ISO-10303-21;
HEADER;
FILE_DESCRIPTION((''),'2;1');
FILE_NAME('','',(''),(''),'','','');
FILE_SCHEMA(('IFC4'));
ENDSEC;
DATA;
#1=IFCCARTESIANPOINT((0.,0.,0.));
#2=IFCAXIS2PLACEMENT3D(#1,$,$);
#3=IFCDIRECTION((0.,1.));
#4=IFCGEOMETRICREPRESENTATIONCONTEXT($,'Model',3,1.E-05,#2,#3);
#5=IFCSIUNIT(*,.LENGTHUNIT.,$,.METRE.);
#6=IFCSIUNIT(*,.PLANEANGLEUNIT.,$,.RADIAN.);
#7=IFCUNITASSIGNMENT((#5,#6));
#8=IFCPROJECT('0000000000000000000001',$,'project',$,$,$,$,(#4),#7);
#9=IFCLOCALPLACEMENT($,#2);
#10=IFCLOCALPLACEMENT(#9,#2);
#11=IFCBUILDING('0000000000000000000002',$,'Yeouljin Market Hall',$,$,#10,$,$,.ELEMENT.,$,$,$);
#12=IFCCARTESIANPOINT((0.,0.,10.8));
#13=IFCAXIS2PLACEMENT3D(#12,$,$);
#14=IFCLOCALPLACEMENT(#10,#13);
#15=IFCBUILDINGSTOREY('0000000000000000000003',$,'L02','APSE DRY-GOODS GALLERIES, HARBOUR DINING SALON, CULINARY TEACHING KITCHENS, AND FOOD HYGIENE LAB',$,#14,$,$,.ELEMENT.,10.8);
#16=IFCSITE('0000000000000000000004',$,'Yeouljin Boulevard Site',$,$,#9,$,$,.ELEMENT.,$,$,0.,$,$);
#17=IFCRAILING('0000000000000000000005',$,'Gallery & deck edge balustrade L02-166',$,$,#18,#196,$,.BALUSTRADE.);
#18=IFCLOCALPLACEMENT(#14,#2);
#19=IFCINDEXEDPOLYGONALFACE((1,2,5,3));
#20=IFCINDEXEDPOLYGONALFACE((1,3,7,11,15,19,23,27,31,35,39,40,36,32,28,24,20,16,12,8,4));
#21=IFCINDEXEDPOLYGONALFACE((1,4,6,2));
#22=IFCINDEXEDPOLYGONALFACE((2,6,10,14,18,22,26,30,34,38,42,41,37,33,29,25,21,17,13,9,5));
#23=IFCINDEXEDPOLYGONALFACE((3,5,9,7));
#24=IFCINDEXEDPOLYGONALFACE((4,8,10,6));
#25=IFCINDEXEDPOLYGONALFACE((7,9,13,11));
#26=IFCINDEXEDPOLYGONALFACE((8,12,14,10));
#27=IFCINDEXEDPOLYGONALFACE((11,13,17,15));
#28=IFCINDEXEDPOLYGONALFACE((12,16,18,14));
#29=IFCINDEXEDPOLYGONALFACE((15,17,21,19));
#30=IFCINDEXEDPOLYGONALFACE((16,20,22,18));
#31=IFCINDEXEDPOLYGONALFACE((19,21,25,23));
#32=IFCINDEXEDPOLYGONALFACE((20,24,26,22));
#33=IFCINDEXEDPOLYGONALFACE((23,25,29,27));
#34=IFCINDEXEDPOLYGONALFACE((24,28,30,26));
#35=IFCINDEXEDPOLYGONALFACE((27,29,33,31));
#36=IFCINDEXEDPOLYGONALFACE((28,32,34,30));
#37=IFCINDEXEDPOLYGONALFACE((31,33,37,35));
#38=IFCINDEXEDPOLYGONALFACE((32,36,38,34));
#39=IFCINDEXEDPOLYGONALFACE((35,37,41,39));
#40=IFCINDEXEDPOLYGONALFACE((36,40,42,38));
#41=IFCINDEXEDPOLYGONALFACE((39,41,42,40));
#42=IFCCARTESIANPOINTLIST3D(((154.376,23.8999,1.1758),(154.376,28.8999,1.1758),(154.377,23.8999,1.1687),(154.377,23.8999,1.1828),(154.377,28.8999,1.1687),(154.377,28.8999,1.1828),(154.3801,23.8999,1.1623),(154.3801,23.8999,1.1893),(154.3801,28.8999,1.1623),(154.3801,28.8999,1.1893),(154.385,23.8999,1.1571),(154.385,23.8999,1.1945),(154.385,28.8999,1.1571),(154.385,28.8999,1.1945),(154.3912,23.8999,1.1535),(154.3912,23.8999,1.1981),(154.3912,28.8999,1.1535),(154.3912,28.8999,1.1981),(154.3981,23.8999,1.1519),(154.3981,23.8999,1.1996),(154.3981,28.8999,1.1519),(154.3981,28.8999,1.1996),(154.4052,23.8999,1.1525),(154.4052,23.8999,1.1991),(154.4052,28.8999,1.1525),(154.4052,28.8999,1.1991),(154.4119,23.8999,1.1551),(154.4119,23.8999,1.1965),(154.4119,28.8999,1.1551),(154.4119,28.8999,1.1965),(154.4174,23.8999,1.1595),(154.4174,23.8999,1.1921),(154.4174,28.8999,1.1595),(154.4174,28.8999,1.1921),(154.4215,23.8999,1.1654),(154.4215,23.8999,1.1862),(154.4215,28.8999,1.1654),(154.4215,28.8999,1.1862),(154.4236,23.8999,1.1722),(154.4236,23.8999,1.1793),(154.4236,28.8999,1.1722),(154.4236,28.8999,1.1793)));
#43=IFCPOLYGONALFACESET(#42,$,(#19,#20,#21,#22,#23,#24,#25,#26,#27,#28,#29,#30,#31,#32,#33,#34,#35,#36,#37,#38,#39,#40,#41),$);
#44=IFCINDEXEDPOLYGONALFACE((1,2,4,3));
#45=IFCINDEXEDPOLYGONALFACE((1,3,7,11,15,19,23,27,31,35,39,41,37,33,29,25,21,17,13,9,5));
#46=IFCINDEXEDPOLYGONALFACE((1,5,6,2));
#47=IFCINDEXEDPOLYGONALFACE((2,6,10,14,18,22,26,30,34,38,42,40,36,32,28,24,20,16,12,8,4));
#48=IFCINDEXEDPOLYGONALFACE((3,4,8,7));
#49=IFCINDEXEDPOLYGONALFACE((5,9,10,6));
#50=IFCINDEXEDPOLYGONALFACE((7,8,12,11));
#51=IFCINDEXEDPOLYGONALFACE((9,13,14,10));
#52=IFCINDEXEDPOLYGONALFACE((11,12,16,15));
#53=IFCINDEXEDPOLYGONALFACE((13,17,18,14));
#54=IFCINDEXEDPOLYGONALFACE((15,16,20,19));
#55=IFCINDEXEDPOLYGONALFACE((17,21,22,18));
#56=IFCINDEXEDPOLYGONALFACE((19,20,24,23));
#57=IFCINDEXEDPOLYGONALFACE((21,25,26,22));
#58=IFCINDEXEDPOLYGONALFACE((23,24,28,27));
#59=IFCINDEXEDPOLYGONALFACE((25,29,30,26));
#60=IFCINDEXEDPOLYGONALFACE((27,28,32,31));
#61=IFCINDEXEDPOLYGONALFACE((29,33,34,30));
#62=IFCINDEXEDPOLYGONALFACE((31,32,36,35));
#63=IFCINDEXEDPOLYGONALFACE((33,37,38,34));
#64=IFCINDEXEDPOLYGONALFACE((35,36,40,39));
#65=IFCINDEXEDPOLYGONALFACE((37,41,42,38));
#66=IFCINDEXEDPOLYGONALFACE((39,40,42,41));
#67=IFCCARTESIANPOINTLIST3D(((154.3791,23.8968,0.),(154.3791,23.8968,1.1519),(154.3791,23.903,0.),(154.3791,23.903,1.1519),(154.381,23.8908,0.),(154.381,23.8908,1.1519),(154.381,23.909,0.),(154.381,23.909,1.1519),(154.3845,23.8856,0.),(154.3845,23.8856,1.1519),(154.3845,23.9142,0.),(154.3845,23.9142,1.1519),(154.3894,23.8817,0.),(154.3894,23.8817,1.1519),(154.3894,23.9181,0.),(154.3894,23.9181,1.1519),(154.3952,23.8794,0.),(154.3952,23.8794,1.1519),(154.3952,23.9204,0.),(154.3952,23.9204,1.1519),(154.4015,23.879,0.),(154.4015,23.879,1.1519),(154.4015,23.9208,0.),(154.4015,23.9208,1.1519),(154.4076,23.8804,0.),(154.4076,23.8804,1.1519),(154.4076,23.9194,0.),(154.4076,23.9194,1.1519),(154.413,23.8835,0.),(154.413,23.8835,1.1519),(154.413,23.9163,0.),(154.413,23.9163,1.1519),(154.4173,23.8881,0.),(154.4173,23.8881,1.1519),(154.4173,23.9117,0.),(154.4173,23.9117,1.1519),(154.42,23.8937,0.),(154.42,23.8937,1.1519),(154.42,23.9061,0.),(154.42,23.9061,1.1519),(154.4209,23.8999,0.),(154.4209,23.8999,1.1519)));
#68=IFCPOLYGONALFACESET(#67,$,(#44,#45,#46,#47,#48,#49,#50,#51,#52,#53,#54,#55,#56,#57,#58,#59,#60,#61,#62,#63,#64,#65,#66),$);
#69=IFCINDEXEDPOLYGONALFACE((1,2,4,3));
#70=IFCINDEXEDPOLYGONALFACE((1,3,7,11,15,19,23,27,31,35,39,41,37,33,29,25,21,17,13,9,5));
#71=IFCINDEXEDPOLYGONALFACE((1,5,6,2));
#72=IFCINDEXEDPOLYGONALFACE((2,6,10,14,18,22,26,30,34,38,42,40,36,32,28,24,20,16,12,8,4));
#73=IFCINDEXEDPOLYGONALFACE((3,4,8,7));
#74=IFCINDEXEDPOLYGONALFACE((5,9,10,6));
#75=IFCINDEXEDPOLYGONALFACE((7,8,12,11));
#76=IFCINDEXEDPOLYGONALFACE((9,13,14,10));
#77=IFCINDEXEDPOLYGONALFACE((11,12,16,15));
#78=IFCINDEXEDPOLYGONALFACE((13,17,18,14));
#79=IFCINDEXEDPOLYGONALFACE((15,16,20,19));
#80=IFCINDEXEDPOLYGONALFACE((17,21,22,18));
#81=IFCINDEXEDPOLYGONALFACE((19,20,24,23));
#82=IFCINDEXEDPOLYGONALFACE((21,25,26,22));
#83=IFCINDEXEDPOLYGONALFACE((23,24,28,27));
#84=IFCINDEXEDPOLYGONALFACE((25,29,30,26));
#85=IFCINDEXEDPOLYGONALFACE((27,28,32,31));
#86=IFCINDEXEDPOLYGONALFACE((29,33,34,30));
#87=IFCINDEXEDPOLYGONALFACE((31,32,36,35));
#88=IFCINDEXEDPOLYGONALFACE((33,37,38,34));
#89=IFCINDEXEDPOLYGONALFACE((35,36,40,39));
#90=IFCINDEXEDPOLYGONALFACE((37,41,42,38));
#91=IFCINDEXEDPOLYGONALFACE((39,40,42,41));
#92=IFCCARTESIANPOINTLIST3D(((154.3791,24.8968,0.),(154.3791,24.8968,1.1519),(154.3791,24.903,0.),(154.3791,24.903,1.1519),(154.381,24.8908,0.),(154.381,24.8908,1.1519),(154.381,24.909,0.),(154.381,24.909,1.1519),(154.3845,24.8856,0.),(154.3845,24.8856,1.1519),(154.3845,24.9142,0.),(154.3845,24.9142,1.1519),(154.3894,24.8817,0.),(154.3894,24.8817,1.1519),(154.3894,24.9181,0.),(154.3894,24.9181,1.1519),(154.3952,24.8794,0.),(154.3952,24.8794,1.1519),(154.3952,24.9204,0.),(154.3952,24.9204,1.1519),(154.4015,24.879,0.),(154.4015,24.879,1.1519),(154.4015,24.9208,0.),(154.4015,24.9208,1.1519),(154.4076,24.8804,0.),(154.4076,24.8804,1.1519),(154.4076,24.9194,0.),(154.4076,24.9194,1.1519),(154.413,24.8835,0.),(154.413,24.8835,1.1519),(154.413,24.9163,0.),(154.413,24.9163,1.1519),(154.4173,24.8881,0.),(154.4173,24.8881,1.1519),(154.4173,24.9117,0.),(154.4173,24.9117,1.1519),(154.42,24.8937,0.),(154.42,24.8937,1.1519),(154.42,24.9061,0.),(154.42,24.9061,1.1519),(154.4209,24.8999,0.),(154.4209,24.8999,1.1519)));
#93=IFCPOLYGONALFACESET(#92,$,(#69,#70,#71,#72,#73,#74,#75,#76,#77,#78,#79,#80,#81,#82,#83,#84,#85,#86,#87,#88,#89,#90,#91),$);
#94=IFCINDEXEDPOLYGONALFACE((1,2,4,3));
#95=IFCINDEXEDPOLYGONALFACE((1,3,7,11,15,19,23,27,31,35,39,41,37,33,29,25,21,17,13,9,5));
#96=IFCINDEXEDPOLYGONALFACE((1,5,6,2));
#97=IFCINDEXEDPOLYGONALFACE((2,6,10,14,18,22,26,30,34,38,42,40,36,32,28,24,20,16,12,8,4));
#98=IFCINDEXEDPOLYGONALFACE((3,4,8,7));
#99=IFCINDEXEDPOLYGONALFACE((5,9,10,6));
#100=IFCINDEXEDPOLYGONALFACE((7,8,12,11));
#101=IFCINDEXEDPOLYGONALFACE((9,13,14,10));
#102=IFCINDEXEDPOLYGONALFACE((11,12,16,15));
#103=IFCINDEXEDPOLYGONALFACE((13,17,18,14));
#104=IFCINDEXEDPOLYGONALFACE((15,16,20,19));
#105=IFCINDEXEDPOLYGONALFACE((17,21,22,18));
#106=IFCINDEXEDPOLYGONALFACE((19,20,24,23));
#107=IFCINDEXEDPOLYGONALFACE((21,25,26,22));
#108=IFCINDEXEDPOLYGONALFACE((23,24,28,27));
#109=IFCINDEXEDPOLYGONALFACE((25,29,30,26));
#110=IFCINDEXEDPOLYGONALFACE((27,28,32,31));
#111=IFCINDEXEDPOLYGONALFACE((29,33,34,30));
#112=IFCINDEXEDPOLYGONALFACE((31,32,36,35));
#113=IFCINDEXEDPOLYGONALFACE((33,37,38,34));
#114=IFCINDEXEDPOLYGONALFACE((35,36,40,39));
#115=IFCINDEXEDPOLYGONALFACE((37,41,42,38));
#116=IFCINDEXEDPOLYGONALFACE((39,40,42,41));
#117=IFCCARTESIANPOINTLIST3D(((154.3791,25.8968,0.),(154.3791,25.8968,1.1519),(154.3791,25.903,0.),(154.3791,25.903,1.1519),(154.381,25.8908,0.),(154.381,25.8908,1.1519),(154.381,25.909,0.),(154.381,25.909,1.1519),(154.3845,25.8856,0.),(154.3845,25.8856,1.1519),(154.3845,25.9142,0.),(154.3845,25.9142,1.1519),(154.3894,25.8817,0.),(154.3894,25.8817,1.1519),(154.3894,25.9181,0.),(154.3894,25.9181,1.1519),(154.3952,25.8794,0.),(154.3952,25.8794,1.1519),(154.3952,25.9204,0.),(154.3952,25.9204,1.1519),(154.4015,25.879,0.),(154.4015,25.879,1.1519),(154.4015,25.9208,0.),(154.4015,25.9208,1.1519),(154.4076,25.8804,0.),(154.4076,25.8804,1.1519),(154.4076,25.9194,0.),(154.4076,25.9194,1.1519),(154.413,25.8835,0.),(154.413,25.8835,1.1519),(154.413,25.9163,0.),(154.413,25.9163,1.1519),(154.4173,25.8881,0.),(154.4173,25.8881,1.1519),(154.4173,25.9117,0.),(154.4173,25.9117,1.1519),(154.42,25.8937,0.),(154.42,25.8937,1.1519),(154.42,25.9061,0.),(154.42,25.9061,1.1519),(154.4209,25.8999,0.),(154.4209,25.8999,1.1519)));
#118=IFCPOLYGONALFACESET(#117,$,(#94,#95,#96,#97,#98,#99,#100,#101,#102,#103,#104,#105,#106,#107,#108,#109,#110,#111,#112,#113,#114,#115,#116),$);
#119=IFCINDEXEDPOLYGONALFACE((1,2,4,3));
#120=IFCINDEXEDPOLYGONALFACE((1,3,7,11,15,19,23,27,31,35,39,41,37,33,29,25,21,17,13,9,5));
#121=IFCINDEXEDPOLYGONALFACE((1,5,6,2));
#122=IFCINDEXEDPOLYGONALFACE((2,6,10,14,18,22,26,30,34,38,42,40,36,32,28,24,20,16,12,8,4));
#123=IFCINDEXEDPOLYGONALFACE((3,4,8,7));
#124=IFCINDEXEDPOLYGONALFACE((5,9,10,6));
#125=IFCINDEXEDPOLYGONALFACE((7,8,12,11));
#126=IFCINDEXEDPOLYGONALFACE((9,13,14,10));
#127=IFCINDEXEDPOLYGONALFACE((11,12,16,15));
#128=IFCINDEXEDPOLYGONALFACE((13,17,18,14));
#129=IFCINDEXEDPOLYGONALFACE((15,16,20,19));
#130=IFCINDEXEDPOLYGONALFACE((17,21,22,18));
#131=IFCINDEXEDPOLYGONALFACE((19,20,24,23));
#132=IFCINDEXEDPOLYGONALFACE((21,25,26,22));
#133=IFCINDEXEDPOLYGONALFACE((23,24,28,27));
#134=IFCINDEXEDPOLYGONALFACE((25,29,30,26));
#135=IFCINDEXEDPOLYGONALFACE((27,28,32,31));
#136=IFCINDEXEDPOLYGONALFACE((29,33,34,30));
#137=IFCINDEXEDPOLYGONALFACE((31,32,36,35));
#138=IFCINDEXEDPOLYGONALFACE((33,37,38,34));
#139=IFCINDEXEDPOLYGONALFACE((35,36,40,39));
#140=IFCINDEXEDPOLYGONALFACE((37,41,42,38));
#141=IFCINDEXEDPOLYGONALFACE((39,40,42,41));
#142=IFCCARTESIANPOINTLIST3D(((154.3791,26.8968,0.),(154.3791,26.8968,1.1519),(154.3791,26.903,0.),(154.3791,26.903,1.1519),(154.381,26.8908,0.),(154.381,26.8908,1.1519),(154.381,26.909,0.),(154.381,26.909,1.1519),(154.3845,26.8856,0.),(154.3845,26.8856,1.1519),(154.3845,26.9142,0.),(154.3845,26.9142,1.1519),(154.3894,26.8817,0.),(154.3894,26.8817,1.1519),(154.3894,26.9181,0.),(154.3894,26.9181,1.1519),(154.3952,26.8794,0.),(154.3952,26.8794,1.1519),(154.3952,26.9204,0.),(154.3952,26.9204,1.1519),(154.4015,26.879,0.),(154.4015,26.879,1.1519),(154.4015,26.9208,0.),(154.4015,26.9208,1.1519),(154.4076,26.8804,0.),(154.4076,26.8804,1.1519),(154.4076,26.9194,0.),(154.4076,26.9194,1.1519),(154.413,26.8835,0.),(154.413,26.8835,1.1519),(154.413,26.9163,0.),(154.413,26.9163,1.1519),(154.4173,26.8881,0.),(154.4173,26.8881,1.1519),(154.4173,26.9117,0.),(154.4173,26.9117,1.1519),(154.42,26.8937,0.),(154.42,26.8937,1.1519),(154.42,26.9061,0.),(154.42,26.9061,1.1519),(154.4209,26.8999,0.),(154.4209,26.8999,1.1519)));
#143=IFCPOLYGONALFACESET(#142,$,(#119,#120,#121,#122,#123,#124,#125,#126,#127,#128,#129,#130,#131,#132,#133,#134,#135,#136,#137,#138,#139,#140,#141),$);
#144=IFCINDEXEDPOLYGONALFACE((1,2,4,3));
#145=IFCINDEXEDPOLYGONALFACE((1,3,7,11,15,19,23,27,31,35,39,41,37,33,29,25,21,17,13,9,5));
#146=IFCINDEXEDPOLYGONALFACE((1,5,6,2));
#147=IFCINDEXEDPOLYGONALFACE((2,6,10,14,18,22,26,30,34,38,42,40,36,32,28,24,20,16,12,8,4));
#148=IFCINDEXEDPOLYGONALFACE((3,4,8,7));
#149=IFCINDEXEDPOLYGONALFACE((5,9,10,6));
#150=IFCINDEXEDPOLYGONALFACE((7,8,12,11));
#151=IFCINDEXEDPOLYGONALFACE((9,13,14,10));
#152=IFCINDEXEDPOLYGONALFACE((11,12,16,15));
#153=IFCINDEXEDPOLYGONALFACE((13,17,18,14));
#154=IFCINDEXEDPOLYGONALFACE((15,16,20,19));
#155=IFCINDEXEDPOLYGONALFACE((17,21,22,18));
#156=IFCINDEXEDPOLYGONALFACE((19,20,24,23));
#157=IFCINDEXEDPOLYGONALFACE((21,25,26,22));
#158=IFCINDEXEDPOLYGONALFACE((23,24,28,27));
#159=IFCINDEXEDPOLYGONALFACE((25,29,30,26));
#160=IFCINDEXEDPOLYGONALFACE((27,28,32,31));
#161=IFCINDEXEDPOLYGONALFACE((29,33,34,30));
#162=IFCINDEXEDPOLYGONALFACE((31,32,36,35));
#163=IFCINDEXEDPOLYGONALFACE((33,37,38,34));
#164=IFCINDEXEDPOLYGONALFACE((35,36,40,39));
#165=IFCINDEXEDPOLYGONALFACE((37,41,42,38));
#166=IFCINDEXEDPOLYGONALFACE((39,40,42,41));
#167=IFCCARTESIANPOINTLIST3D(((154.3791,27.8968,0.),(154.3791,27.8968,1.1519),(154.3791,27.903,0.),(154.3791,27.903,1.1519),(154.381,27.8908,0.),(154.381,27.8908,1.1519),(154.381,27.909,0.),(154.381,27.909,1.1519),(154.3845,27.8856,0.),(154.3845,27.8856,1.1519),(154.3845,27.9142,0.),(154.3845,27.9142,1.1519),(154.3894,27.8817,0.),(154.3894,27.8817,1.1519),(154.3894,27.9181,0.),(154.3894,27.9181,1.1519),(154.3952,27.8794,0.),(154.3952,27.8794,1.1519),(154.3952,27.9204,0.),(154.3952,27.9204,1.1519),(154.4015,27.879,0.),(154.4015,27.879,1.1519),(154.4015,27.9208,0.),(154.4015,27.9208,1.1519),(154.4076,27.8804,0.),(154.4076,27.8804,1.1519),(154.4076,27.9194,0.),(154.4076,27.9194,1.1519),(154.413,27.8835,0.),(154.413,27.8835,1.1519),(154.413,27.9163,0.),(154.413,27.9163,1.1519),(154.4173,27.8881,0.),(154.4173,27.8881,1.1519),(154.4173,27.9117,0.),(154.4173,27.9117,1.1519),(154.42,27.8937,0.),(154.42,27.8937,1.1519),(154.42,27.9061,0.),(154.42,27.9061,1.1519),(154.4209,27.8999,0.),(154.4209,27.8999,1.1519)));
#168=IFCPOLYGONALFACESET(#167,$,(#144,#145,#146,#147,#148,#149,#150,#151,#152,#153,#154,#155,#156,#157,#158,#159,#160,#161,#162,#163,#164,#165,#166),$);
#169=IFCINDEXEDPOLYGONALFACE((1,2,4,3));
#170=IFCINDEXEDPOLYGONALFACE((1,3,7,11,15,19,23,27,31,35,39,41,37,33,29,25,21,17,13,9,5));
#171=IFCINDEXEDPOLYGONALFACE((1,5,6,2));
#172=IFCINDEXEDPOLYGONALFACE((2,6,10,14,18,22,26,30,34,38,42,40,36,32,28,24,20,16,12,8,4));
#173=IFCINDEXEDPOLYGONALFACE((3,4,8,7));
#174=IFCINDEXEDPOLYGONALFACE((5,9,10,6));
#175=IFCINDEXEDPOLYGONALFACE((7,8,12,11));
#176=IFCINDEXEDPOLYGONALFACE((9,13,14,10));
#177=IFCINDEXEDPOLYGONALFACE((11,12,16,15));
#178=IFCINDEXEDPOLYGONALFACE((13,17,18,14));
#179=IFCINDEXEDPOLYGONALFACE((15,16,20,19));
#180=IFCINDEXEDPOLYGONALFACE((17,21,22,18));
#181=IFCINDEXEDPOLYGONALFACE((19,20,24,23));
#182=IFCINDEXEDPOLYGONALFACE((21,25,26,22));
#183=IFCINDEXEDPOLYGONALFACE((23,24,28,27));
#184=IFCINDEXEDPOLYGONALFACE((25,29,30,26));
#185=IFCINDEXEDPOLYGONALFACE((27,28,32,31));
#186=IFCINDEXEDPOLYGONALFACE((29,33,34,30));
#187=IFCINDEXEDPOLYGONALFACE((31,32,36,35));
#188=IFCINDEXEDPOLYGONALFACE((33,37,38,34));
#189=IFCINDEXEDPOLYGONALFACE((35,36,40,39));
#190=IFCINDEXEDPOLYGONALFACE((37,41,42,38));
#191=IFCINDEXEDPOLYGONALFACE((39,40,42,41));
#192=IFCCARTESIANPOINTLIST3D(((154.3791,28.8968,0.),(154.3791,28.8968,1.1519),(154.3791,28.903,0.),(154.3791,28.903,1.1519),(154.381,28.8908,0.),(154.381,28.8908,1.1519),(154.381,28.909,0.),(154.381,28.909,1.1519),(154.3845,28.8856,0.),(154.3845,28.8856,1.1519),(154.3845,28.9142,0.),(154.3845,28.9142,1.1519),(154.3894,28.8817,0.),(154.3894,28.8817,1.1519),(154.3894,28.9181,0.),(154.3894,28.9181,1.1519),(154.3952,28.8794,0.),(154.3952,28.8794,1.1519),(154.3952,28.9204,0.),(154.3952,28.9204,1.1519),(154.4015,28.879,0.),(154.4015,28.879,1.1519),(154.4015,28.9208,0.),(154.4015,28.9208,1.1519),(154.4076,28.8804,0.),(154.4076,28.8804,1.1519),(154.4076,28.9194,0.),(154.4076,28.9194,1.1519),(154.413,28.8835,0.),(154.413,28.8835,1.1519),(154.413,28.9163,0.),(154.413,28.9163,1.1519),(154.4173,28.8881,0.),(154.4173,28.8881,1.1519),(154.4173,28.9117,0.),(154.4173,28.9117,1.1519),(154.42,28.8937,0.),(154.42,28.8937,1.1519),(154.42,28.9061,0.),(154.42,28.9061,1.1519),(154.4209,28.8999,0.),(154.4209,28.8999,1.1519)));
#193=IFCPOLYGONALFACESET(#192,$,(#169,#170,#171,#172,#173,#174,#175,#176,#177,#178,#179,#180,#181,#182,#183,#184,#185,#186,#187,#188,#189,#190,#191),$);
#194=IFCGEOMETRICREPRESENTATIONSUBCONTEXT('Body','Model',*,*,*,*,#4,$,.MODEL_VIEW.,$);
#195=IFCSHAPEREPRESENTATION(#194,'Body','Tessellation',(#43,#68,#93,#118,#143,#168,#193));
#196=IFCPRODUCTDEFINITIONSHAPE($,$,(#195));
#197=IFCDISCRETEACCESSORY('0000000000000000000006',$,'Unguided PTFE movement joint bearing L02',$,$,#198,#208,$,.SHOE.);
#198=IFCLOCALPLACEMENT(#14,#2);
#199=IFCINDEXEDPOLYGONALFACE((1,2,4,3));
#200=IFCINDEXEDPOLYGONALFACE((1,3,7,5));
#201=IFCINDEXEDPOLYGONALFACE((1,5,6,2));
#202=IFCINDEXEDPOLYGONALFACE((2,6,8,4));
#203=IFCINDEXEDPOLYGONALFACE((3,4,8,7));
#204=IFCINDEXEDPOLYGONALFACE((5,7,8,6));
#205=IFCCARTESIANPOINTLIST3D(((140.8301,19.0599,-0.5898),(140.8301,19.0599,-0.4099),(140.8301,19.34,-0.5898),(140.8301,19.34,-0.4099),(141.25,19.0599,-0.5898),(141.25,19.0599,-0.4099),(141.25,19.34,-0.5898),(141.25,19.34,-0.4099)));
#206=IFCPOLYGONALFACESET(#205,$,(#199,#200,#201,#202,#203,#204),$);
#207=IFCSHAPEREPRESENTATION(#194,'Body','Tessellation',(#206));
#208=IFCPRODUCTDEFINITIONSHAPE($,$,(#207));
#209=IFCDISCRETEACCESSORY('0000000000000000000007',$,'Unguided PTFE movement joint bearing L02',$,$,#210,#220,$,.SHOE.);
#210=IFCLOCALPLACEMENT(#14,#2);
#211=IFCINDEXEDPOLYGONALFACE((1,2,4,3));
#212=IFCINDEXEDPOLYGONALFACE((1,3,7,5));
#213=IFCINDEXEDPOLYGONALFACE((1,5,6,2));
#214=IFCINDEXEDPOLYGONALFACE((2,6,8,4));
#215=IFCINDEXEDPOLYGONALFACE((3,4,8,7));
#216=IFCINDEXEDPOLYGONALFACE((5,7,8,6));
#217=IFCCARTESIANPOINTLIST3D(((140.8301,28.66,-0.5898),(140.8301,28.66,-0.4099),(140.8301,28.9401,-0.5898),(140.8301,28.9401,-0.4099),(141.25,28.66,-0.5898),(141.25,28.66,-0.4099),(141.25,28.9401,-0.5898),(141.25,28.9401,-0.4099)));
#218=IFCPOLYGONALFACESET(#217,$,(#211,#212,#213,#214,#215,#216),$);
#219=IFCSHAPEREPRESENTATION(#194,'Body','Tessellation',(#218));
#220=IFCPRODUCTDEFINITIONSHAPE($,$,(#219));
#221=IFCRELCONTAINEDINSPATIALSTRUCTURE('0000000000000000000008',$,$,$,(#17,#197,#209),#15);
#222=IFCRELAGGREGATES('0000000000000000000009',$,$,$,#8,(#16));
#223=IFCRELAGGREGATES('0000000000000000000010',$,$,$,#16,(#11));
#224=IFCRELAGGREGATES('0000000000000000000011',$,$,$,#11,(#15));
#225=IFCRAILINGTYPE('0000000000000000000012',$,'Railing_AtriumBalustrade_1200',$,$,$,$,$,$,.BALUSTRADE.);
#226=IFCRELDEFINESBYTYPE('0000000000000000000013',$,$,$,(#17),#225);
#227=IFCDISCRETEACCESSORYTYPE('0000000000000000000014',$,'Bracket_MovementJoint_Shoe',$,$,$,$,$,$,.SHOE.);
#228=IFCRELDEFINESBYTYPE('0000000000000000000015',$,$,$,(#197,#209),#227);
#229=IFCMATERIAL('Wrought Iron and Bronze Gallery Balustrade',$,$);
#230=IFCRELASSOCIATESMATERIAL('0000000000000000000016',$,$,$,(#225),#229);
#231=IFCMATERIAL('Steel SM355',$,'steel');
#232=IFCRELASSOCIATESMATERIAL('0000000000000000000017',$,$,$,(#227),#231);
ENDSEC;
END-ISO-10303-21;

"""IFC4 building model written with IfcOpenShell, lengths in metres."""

from ifc_helpers import new_model, si_unit, direction, frame, origin, origin_2d, place, context, subcontext, project, spatial, rectangle, circle, extrude, material, type_object, element, save


model = new_model("IFC4")

# Units and contexts
model_context = context("Model", 3, precision=1e-05, world=origin(), true_north=direction((0.0, 1.0)))
body_context = subcontext(model_context, "Body", "Model", "MODEL_VIEW")
ifc_project = project(units=[si_unit("LENGTHUNIT", "METRE"), si_unit("PLANEANGLEUNIT", "RADIAN")], contexts=[model_context])

# Site, building, storey
site_placement = place(None, origin())
site = spatial("IfcSite", under=ifc_project, at=site_placement, Name="Yeouljin Boulevard Site", CompositionType="ELEMENT", RefElevation=0.0)
building_placement = place(site_placement, origin())
building = spatial("IfcBuilding", under=site, at=building_placement, Name="Yeouljin Market Hall", CompositionType="ELEMENT")
storey_placement = place(building_placement, frame((0.0, 0.0, 10.8)))
storey = spatial("IfcBuildingStorey", under=building, at=storey_placement, Name="L02", Description="APSE DRY-GOODS GALLERIES, HARBOUR DINING SALON, CULINARY TEACHING KITCHENS, AND FOOD HYGIENE LAB", CompositionType="ELEMENT", Elevation=10.8)

# Railing
ifc_material_1 = material(Name="Wrought Iron and Bronze Gallery Balustrade")
railing_type = type_object("IfcRailingType", Name="Railing_AtriumBalustrade_1200", PredefinedType="BALUSTRADE", material=ifc_material_1)
railing_1_placement = place(storey_placement, frame((154.3999, 23.8999, 0.0)))
element("IfcRailing", 1, at=railing_1_placement, inside=storey, type_object=railing_type, Name="Gallery & deck edge balustrade L02-166", PredefinedType="BALUSTRADE", context=body_context, shape_type="SweptSolid", body=[
    extrude(circle(Radius=0.0239, at=origin_2d()), frame((0.0, 0.0, 1.1758), z_axis=(0.0, 1.0, 0.0), x_axis=(-1.0, 0.0, 0.0)), (0.0, 0.0, 1.0), 5.0),
    extrude(circle(Radius=0.021, at=origin_2d()), origin(), (0.0, 0.0, 1.0), 1.1519),
    extrude(circle(Radius=0.021, at=origin_2d()), frame((0.0, 1.0, 0.0)), (0.0, 0.0, 1.0), 1.1519),
    extrude(circle(Radius=0.021, at=origin_2d()), frame((0.0, 2.0, 0.0)), (0.0, 0.0, 1.0), 1.1519),
    extrude(circle(Radius=0.021, at=origin_2d()), frame((0.0, 3.0, 0.0)), (0.0, 0.0, 1.0), 1.1519),
    extrude(circle(Radius=0.021, at=origin_2d()), frame((0.0, 4.0, 0.0)), (0.0, 0.0, 1.0), 1.1519),
    extrude(circle(Radius=0.021, at=origin_2d()), frame((0.0, 5.0, 0.0)), (0.0, 0.0, 1.0), 1.1519),
])

# Discrete accessories
ifc_material_2 = material(Name="Steel SM355", Category="steel")
discrete_accessory_type = type_object("IfcDiscreteAccessoryType", Name="Bracket_MovementJoint_Shoe", PredefinedType="SHOE", material=ifc_material_2)
for number, where, z_axis, x_axis, name in (
    (2, (141.04, 19.2, -0.5898), (0.0, 0.0, 1.0), (1.0, 0.0, 0.0), "Unguided PTFE movement joint bearing L02"),
    (3, (141.04, 28.8, -0.5898), (0.0, 0.0, 1.0), (1.0, 0.0, 0.0), "Unguided PTFE movement joint bearing L02"),
):
    element("IfcDiscreteAccessory", number, at=place(storey_placement, frame(where, z_axis=z_axis, x_axis=x_axis)), inside=storey, type_object=discrete_accessory_type, Name=name, PredefinedType="SHOE", context=body_context, shape_type="SweptSolid", body=[
        extrude(rectangle(XDim=0.4199, YDim=0.28, at=origin_2d()), origin(), (0.0, 0.0, 1.0), 0.1799),
    ])

save(model, "model.ifc")
